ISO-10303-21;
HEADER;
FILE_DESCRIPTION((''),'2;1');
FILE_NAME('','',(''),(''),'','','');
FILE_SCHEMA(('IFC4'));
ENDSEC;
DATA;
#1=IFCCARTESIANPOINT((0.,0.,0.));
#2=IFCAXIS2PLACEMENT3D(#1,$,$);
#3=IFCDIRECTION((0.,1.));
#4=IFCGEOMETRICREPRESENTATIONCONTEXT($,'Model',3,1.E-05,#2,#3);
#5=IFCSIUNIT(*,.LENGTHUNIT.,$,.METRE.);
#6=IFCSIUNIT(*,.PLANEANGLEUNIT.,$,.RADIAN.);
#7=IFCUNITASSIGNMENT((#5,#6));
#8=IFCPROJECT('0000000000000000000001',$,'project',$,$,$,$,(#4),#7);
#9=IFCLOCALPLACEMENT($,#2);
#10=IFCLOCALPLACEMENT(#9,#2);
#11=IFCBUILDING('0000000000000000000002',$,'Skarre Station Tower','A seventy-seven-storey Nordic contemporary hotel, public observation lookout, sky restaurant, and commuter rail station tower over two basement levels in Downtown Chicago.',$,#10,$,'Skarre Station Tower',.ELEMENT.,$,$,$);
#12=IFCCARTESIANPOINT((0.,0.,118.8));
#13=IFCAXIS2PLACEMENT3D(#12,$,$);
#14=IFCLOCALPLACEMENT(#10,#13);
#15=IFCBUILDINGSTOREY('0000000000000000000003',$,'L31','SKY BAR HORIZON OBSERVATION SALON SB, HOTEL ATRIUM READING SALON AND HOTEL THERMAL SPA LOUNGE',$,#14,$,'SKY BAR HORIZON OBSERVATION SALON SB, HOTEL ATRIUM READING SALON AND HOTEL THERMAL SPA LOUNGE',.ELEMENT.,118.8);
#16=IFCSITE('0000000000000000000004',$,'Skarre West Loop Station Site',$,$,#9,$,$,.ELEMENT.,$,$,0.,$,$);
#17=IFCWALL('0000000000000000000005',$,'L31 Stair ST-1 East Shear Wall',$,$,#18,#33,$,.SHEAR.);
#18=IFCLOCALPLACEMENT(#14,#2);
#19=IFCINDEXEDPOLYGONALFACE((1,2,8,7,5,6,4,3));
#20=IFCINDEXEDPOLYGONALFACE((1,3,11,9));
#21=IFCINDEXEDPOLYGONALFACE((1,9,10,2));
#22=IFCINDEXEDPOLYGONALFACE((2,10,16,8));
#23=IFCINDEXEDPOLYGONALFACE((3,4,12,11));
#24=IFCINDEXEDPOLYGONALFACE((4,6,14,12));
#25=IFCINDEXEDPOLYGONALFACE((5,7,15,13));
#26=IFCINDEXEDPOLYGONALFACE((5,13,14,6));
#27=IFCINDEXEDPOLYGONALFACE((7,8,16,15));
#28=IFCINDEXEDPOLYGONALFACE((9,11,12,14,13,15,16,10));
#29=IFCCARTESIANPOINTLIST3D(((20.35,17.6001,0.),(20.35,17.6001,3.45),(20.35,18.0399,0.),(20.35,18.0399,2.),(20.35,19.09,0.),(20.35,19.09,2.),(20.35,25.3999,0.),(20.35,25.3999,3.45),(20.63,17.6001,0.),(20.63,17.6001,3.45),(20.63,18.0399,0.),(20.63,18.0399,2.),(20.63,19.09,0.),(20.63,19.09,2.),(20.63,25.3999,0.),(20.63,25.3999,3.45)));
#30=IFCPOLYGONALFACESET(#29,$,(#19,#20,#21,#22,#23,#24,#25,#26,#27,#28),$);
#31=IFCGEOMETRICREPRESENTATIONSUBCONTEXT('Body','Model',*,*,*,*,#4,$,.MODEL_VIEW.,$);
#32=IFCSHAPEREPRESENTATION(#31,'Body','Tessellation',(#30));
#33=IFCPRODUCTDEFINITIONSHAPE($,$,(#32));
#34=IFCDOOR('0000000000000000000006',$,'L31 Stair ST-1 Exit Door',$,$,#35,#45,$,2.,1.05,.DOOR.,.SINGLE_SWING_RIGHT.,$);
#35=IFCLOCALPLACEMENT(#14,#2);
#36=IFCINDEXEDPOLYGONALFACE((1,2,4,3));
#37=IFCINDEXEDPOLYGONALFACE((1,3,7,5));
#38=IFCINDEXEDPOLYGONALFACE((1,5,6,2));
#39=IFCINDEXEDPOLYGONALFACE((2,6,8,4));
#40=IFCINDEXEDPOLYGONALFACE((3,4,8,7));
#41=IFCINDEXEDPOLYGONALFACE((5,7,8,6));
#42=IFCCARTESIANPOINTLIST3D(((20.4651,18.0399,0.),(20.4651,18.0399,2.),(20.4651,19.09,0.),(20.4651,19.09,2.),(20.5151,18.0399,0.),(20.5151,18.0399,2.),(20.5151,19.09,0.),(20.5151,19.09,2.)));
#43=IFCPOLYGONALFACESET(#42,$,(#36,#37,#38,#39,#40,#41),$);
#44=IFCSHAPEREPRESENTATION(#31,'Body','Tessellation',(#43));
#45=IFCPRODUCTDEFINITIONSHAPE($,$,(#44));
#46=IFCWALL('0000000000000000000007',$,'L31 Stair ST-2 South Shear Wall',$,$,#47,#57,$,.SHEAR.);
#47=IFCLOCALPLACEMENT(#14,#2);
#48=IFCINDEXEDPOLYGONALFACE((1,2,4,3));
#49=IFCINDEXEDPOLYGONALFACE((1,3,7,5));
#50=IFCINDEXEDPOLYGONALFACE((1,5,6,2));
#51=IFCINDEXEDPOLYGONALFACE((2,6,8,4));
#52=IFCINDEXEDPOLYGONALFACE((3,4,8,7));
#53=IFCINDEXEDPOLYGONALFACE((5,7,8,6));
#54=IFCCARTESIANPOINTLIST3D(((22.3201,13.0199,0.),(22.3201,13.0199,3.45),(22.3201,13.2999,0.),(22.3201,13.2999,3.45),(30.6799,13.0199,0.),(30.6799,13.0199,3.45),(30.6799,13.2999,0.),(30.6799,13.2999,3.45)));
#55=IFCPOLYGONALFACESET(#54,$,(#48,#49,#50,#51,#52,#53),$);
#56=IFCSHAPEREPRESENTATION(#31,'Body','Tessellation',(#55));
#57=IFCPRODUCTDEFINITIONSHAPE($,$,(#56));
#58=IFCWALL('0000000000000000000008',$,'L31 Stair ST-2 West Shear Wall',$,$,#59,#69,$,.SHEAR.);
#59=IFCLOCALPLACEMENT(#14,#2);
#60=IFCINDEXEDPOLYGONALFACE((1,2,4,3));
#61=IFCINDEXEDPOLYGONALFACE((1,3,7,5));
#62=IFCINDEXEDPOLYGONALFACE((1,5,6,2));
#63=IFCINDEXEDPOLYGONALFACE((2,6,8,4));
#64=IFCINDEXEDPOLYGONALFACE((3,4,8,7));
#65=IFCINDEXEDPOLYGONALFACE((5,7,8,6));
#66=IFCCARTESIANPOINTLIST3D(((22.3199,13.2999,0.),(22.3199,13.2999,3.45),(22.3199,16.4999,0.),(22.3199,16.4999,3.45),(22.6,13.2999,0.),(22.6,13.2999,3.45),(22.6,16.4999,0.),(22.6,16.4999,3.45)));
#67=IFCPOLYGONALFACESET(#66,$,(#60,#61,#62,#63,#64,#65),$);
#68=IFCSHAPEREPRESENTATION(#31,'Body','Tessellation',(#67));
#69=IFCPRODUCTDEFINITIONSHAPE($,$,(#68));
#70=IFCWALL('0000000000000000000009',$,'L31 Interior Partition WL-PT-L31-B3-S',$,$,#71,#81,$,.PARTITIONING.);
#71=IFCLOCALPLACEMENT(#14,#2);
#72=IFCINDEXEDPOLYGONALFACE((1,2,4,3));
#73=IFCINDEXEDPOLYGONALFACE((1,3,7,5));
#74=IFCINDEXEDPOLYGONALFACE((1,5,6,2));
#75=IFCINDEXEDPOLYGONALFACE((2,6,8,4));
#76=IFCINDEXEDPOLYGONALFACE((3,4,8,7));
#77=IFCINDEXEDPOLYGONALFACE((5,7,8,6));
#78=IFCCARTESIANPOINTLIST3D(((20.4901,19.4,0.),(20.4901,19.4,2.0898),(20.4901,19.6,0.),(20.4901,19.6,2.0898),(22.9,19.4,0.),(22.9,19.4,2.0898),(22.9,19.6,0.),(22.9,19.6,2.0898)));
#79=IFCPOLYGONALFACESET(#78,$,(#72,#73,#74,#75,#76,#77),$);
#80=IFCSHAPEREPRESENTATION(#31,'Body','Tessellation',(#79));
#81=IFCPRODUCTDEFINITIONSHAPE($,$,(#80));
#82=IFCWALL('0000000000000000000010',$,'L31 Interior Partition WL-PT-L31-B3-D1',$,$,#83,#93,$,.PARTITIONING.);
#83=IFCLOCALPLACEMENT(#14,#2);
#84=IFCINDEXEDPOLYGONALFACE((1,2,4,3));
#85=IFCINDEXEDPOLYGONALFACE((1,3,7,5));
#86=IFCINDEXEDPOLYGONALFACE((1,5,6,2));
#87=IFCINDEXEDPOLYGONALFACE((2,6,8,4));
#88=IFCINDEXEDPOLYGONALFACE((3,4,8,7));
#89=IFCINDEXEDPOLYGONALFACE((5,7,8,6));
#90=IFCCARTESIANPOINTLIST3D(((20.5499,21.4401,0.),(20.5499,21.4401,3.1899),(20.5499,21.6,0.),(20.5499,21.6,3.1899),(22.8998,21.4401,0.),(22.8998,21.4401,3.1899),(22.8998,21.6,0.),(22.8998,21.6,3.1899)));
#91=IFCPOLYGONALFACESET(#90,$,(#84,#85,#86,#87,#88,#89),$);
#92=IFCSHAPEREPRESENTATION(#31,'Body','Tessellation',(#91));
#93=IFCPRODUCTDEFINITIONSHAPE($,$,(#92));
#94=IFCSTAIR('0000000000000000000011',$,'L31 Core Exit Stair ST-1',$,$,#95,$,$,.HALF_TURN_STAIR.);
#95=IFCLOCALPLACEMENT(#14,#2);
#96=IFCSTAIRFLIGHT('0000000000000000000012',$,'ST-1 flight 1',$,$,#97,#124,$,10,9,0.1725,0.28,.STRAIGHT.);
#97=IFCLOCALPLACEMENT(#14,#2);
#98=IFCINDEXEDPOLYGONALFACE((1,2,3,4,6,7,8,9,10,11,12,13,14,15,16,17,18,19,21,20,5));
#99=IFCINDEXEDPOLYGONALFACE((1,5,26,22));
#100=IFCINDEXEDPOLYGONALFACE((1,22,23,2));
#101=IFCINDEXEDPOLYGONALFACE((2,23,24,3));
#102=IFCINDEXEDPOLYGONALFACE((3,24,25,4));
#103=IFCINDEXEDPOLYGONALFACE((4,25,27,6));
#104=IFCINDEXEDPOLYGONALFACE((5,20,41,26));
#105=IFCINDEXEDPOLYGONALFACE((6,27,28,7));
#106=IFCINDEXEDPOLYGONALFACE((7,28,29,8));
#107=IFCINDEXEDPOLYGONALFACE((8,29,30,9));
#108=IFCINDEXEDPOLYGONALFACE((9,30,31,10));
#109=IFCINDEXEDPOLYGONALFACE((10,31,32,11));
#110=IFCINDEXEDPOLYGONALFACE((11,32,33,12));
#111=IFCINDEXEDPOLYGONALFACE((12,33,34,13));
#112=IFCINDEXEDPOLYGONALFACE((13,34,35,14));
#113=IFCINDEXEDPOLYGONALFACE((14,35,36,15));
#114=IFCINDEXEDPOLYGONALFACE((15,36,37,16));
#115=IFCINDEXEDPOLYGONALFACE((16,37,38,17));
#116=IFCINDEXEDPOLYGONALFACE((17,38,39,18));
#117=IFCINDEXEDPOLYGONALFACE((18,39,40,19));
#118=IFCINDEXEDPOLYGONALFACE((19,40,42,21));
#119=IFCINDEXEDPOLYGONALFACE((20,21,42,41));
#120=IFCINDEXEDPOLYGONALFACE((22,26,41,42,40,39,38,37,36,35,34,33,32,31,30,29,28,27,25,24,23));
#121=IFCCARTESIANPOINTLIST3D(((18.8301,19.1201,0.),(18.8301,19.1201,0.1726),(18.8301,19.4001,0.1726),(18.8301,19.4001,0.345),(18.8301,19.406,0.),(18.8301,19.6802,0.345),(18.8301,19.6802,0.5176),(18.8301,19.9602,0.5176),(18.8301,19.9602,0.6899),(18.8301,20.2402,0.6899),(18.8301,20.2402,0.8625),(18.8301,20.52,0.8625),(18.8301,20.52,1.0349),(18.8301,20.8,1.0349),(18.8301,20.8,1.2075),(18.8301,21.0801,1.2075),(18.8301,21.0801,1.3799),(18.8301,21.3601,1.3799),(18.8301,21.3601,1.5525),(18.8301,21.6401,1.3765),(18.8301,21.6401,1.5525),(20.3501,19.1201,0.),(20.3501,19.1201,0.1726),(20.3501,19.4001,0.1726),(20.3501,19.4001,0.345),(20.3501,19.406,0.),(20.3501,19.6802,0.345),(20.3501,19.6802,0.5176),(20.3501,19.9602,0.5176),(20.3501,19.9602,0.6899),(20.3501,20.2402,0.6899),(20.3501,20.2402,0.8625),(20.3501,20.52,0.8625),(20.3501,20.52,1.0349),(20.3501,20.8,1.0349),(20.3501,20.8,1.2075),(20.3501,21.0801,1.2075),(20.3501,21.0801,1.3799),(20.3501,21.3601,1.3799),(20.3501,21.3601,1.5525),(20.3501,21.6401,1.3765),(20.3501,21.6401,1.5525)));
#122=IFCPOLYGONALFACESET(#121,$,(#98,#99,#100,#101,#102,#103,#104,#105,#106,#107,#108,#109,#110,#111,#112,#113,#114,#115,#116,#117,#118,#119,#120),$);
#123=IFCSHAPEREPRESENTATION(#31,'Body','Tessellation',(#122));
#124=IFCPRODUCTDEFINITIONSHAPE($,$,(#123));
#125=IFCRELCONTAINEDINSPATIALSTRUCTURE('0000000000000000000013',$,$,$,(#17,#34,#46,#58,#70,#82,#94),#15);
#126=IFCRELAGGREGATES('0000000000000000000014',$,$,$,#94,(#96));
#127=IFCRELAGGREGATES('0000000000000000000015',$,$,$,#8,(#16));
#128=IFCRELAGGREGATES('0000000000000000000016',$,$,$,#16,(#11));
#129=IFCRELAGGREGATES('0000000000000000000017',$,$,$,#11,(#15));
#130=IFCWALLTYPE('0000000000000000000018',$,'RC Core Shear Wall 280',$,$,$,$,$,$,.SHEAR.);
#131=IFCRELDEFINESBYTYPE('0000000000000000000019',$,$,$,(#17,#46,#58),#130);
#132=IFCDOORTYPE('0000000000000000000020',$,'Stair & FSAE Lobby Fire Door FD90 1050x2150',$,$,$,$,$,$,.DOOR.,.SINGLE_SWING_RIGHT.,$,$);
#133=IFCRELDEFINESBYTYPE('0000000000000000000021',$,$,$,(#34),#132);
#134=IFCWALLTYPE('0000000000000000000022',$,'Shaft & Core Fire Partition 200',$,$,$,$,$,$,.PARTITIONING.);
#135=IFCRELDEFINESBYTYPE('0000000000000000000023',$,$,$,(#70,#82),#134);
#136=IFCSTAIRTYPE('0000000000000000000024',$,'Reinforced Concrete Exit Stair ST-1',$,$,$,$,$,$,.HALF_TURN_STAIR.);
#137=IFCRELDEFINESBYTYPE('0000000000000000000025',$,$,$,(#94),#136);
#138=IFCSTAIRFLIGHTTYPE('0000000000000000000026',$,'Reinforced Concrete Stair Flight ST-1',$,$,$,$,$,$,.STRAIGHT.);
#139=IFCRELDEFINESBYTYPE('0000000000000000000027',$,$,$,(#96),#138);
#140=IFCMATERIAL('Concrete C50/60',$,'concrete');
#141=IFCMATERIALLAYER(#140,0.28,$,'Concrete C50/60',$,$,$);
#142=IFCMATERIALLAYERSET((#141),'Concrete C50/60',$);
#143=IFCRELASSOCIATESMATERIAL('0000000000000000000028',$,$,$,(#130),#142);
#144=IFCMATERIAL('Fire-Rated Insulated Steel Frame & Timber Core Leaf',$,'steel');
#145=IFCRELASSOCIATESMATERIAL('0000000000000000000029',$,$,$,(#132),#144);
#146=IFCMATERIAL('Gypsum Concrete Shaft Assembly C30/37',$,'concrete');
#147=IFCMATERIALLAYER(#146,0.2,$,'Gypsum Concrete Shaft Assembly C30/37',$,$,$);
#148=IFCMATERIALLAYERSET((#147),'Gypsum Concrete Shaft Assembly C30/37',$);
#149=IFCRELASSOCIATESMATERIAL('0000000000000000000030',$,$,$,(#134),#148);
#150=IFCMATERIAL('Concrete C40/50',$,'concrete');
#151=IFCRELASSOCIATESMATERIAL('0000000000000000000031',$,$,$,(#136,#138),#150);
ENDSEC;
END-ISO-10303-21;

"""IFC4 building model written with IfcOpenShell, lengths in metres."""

from ifc_helpers import new_model, si_unit, direction, frame, frame_2d, origin, place, context, subcontext, project, spatial, polyline, rectangle, outline, extrude, material, layer, layer_set, type_object, element, fill, aggregate, save


model = new_model("IFC4")

# Units and contexts
model_context = context("Model", 3, precision=1e-05, world=origin(), true_north=direction((0.0, 1.0)))
body_context = subcontext(model_context, "Body", "Model", "MODEL_VIEW")
ifc_project = project(units=[si_unit("LENGTHUNIT", "METRE"), si_unit("PLANEANGLEUNIT", "RADIAN")], contexts=[model_context])

# Site, building, storey
site_placement = place(None, origin())
site = spatial("IfcSite", under=ifc_project, at=site_placement, Name="Skarre West Loop Station Site", CompositionType="ELEMENT", RefElevation=0.0)
building_placement = place(site_placement, origin())
building = spatial("IfcBuilding", under=site, at=building_placement, Name="Skarre Station Tower", Description="A seventy-seven-storey Nordic contemporary hotel, public observation lookout, sky restaurant, and commuter rail station tower over two basement levels in Downtown Chicago.", LongName="Skarre Station Tower", CompositionType="ELEMENT")
storey_placement = place(building_placement, frame((0.0, 0.0, 118.8)))
storey = spatial("IfcBuildingStorey", under=building, at=storey_placement, Name="L31", Description="SKY BAR HORIZON OBSERVATION SALON SB, HOTEL ATRIUM READING SALON AND HOTEL THERMAL SPA LOUNGE", LongName="SKY BAR HORIZON OBSERVATION SALON SB, HOTEL ATRIUM READING SALON AND HOTEL THERMAL SPA LOUNGE", CompositionType="ELEMENT", Elevation=118.8)

# Wall, opening, door
ifc_material_1 = material(Name="Concrete C50/60", Category="concrete")
ifc_layer_1 = layer(ifc_material_1, 0.28, Name="Concrete C50/60")
ifc_layer_set_1 = layer_set([ifc_layer_1], Name="Concrete C50/60")
wall_type_1 = type_object("IfcWallType", Name="RC Core Shear Wall 280", PredefinedType="SHEAR", material=ifc_layer_set_1)
wall_1_placement = place(storey_placement, frame((20.49, 17.6001, 0.0), z_axis=(0.0, 0.0, 1.0), x_axis=(0.0, 1.0, 0.0)))
wall_1 = element("IfcWall", 1, at=wall_1_placement, inside=storey, type_object=wall_type_1, Name="L31 Stair ST-1 East Shear Wall", PredefinedType="SHEAR", context=body_context, shape_type="SweptSolid", body=[
    extrude(rectangle(XDim=7.7998, YDim=0.28, at=frame_2d((3.8999, 0.0))), origin(), (0.0, 0.0, 1.0), 3.45),
])
opening_1_placement = place(wall_1_placement, frame((0.4399, 0.0, 0.0)))
opening_1 = element("IfcOpeningElement", 2, at=opening_1_placement, cuts=wall_1, PredefinedType="OPENING", context=body_context, shape_type="SweptSolid", body=[
    extrude(rectangle(XDim=1.05, YDim=2.0, at=frame_2d((0.5249, 1.0))), frame((0.0, 0.1499, 0.0), z_axis=(0.0, -1.0, 0.0), x_axis=(1.0, 0.0, 0.0)), (0.0, 0.0, 1.0), 0.3),
])
ifc_material_2 = material(Name="Fire-Rated Insulated Steel Frame & Timber Core Leaf", Category="steel")
door_type_1 = type_object("IfcDoorType", Name="Stair & FSAE Lobby Fire Door FD90 1050x2150", OperationType="SINGLE_SWING_RIGHT", PredefinedType="DOOR", material=ifc_material_2)
door_1_placement = place(opening_1_placement, origin())
door_1 = element("IfcDoor", 3, at=door_1_placement, inside=storey, type_object=door_type_1, Name="L31 Stair ST-1 Exit Door", OperationType="SINGLE_SWING_RIGHT", OverallHeight=2.0, OverallWidth=1.05, PredefinedType="DOOR", context=body_context, shape_type="SweptSolid", body=[
    extrude(rectangle(XDim=1.05, YDim=2.0, at=frame_2d((0.5249, 1.0))), frame((0.0, 0.0249, 0.0), z_axis=(0.0, -1.0, 0.0), x_axis=(1.0, 0.0, 0.0)), (0.0, 0.0, 1.0), 0.05),
])
fill(opening_1, door_1)

# Walls
wall_2_placement = place(storey_placement, frame((22.3201, 13.1599, 0.0), z_axis=(0.0, 0.0, 1.0), x_axis=(1.0, 0.0, 0.0)))
element("IfcWall", 4, at=wall_2_placement, inside=storey, type_object=wall_type_1, Name="L31 Stair ST-2 South Shear Wall", PredefinedType="SHEAR", context=body_context, shape_type="SweptSolid", body=[
    extrude(rectangle(XDim=8.3599, YDim=0.28, at=frame_2d((4.1799, 0.0))), origin(), (0.0, 0.0, 1.0), 3.45),
])
wall_3_placement = place(storey_placement, frame((22.46, 16.5, 0.0), z_axis=(0.0, 0.0, 1.0), x_axis=(0.0, -1.0, 0.0)))
element("IfcWall", 5, at=wall_3_placement, inside=storey, type_object=wall_type_1, Name="L31 Stair ST-2 West Shear Wall", PredefinedType="SHEAR", context=body_context, shape_type="SweptSolid", body=[
    extrude(rectangle(XDim=3.2, YDim=0.28, at=frame_2d((1.6001, 0.0))), origin(), (0.0, 0.0, 1.0), 3.45),
])
ifc_material_3 = material(Name="Gypsum Concrete Shaft Assembly C30/37", Category="concrete")
ifc_layer_2 = layer(ifc_material_3, 0.2, Name="Gypsum Concrete Shaft Assembly C30/37")
ifc_layer_set_2 = layer_set([ifc_layer_2], Name="Gypsum Concrete Shaft Assembly C30/37")
wall_type_2 = type_object("IfcWallType", Name="Shaft & Core Fire Partition 200", PredefinedType="PARTITIONING", material=ifc_layer_set_2)
wall_4_placement = place(storey_placement, frame((20.49, 19.5, 0.0), z_axis=(0.0, 0.0, 1.0), x_axis=(1.0, 0.0, 0.0)))
element("IfcWall", 6, at=wall_4_placement, inside=storey, type_object=wall_type_2, Name="L31 Interior Partition WL-PT-L31-B3-S", PredefinedType="PARTITIONING", context=body_context, shape_type="SweptSolid", body=[
    extrude(rectangle(XDim=2.4099, YDim=0.2, at=frame_2d((1.2051, 0.0))), origin(), (0.0, 0.0, 1.0), 2.0898),
])
wall_5_placement = place(storey_placement, frame((20.55, 21.52, 0.0), z_axis=(0.0, 0.0, 1.0), x_axis=(1.0, 0.0, 0.0)))
element("IfcWall", 7, at=wall_5_placement, inside=storey, type_object=wall_type_2, Name="L31 Interior Partition WL-PT-L31-B3-D1", PredefinedType="PARTITIONING", context=body_context, shape_type="SweptSolid", body=[
    extrude(rectangle(XDim=2.3499, YDim=0.1599, at=frame_2d((1.1748, 0.0))), origin(), (0.0, 0.0, 1.0), 3.1899),
])

# Stair, stair flight
ifc_material_4 = material(Name="Concrete C40/50", Category="concrete")
stair_type = type_object("IfcStairType", Name="Reinforced Concrete Exit Stair ST-1", PredefinedType="HALF_TURN_STAIR", material=ifc_material_4)
stair_placement = place(storey_placement, origin())
stair = element("IfcStair", 8, at=stair_placement, inside=storey, type_object=stair_type, Name="L31 Core Exit Stair ST-1", PredefinedType="HALF_TURN_STAIR")
stair_flight_type = type_object("IfcStairFlightType", Name="Reinforced Concrete Stair Flight ST-1", PredefinedType="STRAIGHT", material=ifc_material_4)
stair_flight_placement = place(storey_placement, frame((19.5901, 19.1201, 0.0), z_axis=(0.0, 0.0, 1.0), x_axis=(0.0, 1.0, 0.0)))
stair_flight = element("IfcStairFlight", 9, at=stair_flight_placement, type_object=stair_flight_type, Name="ST-1 flight 1", NumberOfRisers=10, NumberOfTreads=9, PredefinedType="STRAIGHT", RiserHeight=0.1725, TreadLength=0.28, context=body_context, shape_type="SweptSolid", body=[
    extrude(outline(polyline([(0.0, 0.0), (0.0, 0.1726), (0.28, 0.1726), (0.28, 0.345), (0.5601, 0.345), (0.5601, 0.5176), (0.8401, 0.5176), (0.8401, 0.6899), (1.1201, 0.6899), (1.1201, 0.8625), (1.3999, 0.8625), (1.3999, 1.0349), (1.6799, 1.0349), (1.6799, 1.2075), (1.96, 1.2075), (1.96, 1.3799), (2.24, 1.3799), (2.24, 1.5525), (2.52, 1.5525), (2.52, 1.7251), (2.52, 1.3765), (0.2859, 0.0), (0.0, 0.0)])), frame((0.0, 0.76, 0.0), z_axis=(0.0, -1.0, 0.0), x_axis=(1.0, 0.0, 0.0)), (0.0, 0.0, 1.0), 1.52),
])
aggregate(stair, [stair_flight])

save(model, "model.ifc")
